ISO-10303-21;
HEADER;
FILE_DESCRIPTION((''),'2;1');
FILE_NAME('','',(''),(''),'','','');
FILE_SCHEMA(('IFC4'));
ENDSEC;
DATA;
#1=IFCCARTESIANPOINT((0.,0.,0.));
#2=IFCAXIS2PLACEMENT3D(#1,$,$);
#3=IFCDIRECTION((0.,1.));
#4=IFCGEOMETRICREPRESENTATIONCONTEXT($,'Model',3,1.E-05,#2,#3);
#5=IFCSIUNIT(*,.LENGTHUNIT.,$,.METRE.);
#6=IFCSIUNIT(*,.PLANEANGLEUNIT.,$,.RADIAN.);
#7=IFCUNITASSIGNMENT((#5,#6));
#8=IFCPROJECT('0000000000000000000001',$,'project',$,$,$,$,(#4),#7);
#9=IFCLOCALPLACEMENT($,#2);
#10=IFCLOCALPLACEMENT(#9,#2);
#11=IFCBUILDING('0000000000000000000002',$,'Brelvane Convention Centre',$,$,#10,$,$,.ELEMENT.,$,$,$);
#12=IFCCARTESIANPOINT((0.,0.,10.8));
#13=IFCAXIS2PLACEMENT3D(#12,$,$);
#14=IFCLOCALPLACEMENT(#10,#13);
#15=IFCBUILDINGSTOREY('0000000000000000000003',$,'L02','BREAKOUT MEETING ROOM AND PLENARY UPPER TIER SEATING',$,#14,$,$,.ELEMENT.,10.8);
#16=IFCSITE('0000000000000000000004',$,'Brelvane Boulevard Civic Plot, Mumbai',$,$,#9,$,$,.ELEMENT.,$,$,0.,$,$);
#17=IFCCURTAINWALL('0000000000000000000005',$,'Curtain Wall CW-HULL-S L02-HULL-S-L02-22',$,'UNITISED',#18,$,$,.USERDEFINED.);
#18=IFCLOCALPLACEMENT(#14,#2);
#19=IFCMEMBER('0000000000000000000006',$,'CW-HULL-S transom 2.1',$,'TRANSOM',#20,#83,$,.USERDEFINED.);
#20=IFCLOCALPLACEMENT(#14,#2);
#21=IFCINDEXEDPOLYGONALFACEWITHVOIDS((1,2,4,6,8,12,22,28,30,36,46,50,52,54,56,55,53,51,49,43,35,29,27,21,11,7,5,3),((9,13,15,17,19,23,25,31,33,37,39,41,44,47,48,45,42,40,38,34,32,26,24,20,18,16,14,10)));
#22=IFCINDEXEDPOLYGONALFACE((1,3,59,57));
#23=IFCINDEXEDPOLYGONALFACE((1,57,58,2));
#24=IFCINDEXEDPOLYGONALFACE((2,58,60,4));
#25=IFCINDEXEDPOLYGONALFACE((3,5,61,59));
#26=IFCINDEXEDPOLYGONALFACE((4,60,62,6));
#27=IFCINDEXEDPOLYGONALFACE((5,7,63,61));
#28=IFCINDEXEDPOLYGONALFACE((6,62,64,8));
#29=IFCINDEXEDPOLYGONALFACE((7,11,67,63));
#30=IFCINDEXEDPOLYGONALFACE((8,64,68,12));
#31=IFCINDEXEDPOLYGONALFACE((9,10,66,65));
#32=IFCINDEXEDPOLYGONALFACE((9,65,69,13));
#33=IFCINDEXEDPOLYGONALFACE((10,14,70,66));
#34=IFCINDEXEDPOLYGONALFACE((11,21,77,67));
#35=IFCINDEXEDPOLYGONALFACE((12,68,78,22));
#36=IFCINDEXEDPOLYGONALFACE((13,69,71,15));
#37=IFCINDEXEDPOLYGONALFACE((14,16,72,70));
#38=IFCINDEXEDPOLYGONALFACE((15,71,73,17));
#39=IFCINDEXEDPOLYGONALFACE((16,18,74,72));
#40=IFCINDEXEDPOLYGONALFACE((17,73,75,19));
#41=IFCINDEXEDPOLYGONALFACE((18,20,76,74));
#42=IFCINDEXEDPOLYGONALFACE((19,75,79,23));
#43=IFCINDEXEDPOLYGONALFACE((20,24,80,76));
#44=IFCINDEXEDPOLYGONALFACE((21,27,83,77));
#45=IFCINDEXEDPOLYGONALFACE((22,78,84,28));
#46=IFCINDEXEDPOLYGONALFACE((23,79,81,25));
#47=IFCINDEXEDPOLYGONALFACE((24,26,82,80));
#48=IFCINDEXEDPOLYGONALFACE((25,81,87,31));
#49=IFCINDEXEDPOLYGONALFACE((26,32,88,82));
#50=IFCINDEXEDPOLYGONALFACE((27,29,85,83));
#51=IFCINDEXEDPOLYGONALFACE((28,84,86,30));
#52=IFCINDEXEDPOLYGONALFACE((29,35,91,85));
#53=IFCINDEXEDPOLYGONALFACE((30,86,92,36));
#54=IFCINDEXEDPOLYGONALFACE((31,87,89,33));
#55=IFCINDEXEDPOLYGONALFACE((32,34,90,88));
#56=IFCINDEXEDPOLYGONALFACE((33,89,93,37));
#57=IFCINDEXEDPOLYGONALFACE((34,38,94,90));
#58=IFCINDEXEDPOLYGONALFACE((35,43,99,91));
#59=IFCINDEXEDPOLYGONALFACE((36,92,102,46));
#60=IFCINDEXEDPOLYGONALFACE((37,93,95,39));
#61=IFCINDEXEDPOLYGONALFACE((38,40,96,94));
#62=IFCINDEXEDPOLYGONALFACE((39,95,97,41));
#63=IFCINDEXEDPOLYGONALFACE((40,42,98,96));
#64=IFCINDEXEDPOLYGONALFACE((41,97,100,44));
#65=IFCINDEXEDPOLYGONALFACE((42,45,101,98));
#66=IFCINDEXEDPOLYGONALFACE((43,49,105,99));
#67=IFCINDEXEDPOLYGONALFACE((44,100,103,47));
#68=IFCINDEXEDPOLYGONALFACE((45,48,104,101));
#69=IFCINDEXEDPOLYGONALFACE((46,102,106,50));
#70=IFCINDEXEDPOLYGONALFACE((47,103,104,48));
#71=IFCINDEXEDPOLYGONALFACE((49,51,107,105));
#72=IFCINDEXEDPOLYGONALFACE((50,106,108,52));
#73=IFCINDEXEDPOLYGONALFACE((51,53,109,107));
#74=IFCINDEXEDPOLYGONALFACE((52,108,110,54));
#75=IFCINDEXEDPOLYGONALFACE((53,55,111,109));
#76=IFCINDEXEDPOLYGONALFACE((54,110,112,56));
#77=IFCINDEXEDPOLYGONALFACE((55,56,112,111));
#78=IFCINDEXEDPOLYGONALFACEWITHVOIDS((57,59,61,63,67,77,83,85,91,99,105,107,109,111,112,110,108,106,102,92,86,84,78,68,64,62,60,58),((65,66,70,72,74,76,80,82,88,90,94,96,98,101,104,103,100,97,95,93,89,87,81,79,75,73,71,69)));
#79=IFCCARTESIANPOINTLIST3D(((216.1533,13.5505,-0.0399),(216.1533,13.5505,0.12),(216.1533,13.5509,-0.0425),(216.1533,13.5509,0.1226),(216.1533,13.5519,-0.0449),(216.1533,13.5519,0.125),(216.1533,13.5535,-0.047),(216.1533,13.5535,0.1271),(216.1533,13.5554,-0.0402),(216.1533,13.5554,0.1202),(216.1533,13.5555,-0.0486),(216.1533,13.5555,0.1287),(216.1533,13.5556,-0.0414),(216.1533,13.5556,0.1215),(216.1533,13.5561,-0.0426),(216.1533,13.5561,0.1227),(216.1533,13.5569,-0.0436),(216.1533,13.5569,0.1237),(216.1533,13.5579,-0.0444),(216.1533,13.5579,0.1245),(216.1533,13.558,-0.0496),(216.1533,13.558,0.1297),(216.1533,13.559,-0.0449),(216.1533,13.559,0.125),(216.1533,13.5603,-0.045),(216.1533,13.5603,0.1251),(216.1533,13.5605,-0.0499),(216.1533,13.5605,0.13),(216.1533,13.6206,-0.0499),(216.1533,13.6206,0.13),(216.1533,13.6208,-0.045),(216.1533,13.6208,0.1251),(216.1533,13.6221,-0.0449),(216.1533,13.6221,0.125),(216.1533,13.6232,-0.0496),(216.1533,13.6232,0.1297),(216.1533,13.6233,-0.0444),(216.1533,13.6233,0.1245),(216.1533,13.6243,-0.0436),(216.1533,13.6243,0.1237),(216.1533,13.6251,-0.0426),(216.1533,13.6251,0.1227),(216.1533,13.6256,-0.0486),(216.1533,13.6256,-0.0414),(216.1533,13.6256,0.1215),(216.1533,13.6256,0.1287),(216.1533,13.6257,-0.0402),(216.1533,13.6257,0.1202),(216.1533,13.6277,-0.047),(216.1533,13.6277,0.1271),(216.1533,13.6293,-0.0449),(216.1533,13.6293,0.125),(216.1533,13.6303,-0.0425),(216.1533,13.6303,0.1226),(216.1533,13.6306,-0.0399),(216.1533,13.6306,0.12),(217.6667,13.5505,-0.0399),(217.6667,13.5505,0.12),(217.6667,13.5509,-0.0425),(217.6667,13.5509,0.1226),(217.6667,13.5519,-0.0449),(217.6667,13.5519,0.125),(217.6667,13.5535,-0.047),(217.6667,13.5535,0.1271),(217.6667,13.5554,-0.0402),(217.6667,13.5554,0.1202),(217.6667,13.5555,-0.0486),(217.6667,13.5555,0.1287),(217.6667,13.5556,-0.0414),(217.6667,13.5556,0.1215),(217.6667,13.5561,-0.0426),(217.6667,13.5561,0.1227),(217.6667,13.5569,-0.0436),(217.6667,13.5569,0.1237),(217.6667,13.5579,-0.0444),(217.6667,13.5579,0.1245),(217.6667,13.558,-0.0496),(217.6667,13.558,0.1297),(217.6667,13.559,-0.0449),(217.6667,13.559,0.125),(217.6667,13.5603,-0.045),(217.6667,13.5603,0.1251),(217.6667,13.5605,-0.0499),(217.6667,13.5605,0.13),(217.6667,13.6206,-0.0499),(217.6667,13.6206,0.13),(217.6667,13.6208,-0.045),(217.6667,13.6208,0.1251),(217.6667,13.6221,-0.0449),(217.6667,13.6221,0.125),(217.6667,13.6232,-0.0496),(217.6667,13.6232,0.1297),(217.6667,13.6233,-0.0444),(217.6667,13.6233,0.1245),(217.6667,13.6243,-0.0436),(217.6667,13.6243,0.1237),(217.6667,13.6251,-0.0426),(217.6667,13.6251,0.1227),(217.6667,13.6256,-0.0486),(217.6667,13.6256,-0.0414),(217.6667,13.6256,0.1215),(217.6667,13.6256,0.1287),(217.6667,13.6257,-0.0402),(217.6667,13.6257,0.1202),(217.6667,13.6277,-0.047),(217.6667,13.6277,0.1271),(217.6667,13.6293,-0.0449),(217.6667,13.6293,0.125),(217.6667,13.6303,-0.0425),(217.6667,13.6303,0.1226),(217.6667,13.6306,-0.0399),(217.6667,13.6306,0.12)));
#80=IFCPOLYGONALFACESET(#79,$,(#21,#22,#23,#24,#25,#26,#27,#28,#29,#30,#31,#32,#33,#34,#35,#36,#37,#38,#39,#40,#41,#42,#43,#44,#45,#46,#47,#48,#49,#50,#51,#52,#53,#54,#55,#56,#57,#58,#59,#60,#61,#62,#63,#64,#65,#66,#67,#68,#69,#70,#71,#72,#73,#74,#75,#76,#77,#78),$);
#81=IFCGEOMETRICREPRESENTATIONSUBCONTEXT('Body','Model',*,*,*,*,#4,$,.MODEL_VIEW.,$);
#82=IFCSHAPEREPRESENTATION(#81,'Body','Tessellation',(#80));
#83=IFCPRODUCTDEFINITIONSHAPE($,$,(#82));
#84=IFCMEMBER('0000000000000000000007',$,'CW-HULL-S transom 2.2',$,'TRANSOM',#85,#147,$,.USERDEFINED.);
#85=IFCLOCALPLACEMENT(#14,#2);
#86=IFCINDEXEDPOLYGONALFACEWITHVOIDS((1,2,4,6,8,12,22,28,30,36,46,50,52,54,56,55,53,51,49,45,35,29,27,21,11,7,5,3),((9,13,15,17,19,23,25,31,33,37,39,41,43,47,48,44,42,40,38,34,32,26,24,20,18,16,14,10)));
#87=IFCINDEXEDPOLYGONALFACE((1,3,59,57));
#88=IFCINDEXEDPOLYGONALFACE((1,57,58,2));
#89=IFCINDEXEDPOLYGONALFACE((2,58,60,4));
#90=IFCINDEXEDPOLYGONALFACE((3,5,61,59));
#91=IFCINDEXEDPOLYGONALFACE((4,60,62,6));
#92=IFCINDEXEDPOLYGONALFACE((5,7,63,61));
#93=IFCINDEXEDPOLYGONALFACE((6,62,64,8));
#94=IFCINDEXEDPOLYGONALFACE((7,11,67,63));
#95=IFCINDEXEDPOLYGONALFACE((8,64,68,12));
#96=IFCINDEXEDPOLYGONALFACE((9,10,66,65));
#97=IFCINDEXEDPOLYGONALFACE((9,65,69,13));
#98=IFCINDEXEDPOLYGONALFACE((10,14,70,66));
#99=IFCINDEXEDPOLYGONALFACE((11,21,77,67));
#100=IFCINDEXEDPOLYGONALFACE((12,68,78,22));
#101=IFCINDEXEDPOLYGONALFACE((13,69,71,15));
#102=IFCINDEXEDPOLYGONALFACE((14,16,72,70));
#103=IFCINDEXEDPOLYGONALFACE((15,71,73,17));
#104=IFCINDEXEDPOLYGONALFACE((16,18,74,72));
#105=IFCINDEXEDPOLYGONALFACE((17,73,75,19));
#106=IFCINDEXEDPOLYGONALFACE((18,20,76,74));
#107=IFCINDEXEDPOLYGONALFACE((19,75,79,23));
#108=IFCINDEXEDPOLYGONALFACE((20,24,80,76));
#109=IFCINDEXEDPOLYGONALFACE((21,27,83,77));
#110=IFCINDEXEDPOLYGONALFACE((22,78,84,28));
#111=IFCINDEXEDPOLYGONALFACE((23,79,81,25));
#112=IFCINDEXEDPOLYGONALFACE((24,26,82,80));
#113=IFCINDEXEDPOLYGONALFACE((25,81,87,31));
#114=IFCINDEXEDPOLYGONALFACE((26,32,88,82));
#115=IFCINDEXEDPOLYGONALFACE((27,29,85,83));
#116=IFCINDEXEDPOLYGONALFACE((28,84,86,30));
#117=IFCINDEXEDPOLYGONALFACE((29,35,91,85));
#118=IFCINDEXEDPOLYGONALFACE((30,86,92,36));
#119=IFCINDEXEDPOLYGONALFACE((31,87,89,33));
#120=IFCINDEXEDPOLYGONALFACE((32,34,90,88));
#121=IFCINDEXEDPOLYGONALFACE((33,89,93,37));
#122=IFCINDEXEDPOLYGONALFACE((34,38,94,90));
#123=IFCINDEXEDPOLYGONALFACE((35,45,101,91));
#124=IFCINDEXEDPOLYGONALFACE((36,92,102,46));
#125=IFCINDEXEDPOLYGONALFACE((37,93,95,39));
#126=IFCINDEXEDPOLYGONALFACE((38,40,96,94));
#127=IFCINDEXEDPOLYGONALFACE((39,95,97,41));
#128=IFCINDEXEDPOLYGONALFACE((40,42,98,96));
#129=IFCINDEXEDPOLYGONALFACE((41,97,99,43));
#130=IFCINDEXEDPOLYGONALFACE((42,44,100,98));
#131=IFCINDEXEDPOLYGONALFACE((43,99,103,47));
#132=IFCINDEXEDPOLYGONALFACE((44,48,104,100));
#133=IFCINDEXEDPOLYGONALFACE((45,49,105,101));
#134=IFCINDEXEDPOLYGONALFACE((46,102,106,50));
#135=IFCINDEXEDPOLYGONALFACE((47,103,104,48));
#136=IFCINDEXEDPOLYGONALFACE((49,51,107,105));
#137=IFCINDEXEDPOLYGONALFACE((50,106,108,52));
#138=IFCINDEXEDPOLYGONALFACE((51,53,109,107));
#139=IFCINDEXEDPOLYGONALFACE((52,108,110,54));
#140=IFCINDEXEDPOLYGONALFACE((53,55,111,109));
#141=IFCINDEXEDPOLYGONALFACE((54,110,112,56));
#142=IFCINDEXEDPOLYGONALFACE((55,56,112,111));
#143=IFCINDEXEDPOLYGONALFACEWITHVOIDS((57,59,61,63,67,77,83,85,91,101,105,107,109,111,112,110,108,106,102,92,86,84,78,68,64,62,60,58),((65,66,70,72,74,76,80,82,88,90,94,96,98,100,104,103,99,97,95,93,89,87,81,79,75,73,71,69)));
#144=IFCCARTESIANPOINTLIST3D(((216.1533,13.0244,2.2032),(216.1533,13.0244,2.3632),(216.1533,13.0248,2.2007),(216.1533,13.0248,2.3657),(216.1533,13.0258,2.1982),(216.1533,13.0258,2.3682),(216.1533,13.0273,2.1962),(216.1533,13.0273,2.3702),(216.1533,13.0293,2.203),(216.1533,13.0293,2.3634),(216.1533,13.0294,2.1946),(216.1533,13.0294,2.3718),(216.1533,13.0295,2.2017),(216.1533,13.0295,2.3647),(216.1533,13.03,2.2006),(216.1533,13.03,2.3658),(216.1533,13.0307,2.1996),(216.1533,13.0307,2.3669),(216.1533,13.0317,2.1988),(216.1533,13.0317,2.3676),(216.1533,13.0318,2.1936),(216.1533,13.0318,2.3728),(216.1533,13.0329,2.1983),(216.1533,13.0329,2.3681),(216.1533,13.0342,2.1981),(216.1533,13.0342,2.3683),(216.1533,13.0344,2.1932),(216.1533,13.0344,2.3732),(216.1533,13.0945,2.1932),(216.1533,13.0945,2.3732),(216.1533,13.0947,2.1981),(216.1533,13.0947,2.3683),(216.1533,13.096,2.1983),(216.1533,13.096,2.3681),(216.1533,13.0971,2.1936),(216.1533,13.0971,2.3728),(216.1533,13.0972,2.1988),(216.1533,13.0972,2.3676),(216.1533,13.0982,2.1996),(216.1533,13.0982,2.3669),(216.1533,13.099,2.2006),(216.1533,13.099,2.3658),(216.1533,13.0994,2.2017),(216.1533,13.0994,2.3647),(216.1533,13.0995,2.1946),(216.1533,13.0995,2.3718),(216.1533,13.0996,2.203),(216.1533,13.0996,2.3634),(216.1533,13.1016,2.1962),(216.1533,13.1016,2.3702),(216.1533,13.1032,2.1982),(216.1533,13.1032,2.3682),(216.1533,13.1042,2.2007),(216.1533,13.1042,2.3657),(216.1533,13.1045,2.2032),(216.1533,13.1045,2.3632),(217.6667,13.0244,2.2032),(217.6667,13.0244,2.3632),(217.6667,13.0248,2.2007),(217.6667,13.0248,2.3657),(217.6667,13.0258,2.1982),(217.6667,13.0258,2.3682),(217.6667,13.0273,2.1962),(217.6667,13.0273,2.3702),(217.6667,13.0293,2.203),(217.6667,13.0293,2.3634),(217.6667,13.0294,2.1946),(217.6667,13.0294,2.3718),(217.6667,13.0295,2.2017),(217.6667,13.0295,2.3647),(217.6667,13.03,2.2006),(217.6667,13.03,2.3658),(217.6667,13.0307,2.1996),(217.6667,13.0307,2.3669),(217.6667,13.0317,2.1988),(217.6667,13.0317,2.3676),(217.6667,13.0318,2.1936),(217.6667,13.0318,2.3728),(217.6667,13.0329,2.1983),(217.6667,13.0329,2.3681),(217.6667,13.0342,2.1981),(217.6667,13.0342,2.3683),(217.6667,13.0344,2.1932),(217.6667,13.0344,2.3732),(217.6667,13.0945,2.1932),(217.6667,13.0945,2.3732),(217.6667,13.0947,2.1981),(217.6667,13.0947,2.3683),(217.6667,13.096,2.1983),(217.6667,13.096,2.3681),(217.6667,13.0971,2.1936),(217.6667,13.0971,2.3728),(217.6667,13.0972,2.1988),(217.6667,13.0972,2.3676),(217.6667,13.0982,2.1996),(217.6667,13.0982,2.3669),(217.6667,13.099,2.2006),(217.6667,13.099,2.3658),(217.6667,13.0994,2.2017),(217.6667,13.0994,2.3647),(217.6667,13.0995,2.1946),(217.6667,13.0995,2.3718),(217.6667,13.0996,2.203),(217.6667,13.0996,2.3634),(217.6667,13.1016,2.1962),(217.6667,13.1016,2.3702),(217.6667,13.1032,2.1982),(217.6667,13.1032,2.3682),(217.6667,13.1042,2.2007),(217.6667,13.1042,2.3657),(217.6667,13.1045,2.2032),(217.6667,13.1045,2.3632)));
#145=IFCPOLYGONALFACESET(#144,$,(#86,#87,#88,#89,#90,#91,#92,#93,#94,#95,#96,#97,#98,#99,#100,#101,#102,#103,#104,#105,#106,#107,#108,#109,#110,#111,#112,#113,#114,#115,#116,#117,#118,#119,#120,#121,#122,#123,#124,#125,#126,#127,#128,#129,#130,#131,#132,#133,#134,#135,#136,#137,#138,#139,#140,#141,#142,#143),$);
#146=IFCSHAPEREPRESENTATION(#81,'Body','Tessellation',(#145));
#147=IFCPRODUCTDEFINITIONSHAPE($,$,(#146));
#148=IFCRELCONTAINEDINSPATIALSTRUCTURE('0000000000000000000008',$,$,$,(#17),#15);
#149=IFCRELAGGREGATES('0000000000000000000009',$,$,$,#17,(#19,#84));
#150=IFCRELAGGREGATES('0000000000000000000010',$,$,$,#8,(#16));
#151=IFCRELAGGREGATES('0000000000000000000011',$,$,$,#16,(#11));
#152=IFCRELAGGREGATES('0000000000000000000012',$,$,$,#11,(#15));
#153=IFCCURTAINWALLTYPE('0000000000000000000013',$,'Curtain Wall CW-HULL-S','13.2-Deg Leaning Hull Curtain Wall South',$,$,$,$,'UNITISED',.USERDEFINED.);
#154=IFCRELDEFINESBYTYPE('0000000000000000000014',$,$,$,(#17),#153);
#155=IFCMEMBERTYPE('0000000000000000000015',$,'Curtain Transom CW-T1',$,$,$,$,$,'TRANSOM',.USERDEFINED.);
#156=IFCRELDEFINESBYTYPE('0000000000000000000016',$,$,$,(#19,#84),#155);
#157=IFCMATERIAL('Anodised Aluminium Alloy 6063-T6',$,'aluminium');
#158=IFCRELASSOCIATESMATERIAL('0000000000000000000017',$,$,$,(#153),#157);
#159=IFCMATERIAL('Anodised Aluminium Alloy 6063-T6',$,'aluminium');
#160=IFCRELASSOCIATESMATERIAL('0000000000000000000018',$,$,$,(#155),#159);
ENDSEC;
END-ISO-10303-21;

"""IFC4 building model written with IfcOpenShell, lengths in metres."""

from ifc_helpers import new_model, si_unit, direction, frame, origin, origin_2d, place, context, subcontext, project, spatial, hollow_rectangle, extrude, material, material_profile, profile_set, type_object, element, aggregate, save


model = new_model("IFC4")

# Units and contexts
model_context = context("Model", 3, precision=1e-05, world=origin(), true_north=direction((0.0, 1.0)))
body_context = subcontext(model_context, "Body", "Model", "MODEL_VIEW")
ifc_project = project(units=[si_unit("LENGTHUNIT", "METRE"), si_unit("PLANEANGLEUNIT", "RADIAN")], contexts=[model_context])

# Site, building, storey
site_placement = place(None, origin())
site = spatial("IfcSite", under=ifc_project, at=site_placement, Name="Brelvane Boulevard Civic Plot, Mumbai", CompositionType="ELEMENT", RefElevation=0.0)
building_placement = place(site_placement, origin())
building = spatial("IfcBuilding", under=site, at=building_placement, Name="Brelvane Convention Centre", CompositionType="ELEMENT")
storey_placement = place(building_placement, frame((0.0, 0.0, 10.8)))
storey = spatial("IfcBuildingStorey", under=building, at=storey_placement, Name="L02", Description="BREAKOUT MEETING ROOM AND PLENARY UPPER TIER SEATING", CompositionType="ELEMENT", Elevation=10.8)

# Curtain wall, members
ifc_material_1 = material(Name="Anodised Aluminium Alloy 6063-T6", Category="aluminium")
curtain_wall_type = type_object("IfcCurtainWallType", Name="Curtain Wall CW-HULL-S", Description="13.2-Deg Leaning Hull Curtain Wall South", ElementType="UNITISED", PredefinedType="USERDEFINED", material=ifc_material_1)
curtain_wall_placement = place(storey_placement, origin())
curtain_wall = element("IfcCurtainWall", 1, at=curtain_wall_placement, inside=storey, type_object=curtain_wall_type, Name="Curtain Wall CW-HULL-S L02-HULL-S-L02-22", ObjectType="UNITISED", PredefinedType="USERDEFINED")
ifc_material_2 = material(Name="Anodised Aluminium Alloy 6063-T6", Category="aluminium")
ifc_material_profile_1 = material_profile(ifc_material_2, hollow_rectangle(XDim=0.0801, YDim=0.1799, WallThickness=0.0049, InnerFilletRadius=0.0049, OuterFilletRadius=0.01, at=origin_2d()), Name="ALU-T 180x80x5.0")
ifc_profile_set_1 = profile_set([ifc_material_profile_1], Name="Anodised Aluminium Alloy 6063-T6")
member_type_1 = type_object("IfcMemberType", Name="Curtain Transom CW-T1", ElementType="TRANSOM", PredefinedType="USERDEFINED", material=ifc_profile_set_1)
member_1_placement = place(storey_placement, frame((216.1533, 13.5906, 0.04), z_axis=(1.0, 0.0, 0.0), x_axis=(0.0, 1.0, 0.0)))
member_1 = element("IfcMember", 2, at=member_1_placement, type_object=member_type_1, Name="CW-HULL-S transom 2.1", ObjectType="TRANSOM", PredefinedType="USERDEFINED", context=body_context, shape_type="SweptSolid", body=[
    extrude(hollow_rectangle(XDim=0.0801, YDim=0.1799, WallThickness=0.0049, InnerFilletRadius=0.0049, OuterFilletRadius=0.01, at=origin_2d()), origin(), (0.0, 0.0, 1.0), 1.5134),
])
member_2_placement = place(storey_placement, frame((216.1533, 13.0645, 2.2832), z_axis=(1.0, 0.0, 0.0), x_axis=(0.0, 1.0, 0.0)))
member_2 = element("IfcMember", 3, at=member_2_placement, type_object=member_type_1, Name="CW-HULL-S transom 2.2", ObjectType="TRANSOM", PredefinedType="USERDEFINED", context=body_context, shape_type="SweptSolid", body=[
    extrude(hollow_rectangle(XDim=0.0801, YDim=0.1799, WallThickness=0.0049, InnerFilletRadius=0.0049, OuterFilletRadius=0.01, at=origin_2d()), origin(), (0.0, 0.0, 1.0), 1.5134),
])

aggregate(curtain_wall, [member_1, member_2])

save(model, "model.ifc")
